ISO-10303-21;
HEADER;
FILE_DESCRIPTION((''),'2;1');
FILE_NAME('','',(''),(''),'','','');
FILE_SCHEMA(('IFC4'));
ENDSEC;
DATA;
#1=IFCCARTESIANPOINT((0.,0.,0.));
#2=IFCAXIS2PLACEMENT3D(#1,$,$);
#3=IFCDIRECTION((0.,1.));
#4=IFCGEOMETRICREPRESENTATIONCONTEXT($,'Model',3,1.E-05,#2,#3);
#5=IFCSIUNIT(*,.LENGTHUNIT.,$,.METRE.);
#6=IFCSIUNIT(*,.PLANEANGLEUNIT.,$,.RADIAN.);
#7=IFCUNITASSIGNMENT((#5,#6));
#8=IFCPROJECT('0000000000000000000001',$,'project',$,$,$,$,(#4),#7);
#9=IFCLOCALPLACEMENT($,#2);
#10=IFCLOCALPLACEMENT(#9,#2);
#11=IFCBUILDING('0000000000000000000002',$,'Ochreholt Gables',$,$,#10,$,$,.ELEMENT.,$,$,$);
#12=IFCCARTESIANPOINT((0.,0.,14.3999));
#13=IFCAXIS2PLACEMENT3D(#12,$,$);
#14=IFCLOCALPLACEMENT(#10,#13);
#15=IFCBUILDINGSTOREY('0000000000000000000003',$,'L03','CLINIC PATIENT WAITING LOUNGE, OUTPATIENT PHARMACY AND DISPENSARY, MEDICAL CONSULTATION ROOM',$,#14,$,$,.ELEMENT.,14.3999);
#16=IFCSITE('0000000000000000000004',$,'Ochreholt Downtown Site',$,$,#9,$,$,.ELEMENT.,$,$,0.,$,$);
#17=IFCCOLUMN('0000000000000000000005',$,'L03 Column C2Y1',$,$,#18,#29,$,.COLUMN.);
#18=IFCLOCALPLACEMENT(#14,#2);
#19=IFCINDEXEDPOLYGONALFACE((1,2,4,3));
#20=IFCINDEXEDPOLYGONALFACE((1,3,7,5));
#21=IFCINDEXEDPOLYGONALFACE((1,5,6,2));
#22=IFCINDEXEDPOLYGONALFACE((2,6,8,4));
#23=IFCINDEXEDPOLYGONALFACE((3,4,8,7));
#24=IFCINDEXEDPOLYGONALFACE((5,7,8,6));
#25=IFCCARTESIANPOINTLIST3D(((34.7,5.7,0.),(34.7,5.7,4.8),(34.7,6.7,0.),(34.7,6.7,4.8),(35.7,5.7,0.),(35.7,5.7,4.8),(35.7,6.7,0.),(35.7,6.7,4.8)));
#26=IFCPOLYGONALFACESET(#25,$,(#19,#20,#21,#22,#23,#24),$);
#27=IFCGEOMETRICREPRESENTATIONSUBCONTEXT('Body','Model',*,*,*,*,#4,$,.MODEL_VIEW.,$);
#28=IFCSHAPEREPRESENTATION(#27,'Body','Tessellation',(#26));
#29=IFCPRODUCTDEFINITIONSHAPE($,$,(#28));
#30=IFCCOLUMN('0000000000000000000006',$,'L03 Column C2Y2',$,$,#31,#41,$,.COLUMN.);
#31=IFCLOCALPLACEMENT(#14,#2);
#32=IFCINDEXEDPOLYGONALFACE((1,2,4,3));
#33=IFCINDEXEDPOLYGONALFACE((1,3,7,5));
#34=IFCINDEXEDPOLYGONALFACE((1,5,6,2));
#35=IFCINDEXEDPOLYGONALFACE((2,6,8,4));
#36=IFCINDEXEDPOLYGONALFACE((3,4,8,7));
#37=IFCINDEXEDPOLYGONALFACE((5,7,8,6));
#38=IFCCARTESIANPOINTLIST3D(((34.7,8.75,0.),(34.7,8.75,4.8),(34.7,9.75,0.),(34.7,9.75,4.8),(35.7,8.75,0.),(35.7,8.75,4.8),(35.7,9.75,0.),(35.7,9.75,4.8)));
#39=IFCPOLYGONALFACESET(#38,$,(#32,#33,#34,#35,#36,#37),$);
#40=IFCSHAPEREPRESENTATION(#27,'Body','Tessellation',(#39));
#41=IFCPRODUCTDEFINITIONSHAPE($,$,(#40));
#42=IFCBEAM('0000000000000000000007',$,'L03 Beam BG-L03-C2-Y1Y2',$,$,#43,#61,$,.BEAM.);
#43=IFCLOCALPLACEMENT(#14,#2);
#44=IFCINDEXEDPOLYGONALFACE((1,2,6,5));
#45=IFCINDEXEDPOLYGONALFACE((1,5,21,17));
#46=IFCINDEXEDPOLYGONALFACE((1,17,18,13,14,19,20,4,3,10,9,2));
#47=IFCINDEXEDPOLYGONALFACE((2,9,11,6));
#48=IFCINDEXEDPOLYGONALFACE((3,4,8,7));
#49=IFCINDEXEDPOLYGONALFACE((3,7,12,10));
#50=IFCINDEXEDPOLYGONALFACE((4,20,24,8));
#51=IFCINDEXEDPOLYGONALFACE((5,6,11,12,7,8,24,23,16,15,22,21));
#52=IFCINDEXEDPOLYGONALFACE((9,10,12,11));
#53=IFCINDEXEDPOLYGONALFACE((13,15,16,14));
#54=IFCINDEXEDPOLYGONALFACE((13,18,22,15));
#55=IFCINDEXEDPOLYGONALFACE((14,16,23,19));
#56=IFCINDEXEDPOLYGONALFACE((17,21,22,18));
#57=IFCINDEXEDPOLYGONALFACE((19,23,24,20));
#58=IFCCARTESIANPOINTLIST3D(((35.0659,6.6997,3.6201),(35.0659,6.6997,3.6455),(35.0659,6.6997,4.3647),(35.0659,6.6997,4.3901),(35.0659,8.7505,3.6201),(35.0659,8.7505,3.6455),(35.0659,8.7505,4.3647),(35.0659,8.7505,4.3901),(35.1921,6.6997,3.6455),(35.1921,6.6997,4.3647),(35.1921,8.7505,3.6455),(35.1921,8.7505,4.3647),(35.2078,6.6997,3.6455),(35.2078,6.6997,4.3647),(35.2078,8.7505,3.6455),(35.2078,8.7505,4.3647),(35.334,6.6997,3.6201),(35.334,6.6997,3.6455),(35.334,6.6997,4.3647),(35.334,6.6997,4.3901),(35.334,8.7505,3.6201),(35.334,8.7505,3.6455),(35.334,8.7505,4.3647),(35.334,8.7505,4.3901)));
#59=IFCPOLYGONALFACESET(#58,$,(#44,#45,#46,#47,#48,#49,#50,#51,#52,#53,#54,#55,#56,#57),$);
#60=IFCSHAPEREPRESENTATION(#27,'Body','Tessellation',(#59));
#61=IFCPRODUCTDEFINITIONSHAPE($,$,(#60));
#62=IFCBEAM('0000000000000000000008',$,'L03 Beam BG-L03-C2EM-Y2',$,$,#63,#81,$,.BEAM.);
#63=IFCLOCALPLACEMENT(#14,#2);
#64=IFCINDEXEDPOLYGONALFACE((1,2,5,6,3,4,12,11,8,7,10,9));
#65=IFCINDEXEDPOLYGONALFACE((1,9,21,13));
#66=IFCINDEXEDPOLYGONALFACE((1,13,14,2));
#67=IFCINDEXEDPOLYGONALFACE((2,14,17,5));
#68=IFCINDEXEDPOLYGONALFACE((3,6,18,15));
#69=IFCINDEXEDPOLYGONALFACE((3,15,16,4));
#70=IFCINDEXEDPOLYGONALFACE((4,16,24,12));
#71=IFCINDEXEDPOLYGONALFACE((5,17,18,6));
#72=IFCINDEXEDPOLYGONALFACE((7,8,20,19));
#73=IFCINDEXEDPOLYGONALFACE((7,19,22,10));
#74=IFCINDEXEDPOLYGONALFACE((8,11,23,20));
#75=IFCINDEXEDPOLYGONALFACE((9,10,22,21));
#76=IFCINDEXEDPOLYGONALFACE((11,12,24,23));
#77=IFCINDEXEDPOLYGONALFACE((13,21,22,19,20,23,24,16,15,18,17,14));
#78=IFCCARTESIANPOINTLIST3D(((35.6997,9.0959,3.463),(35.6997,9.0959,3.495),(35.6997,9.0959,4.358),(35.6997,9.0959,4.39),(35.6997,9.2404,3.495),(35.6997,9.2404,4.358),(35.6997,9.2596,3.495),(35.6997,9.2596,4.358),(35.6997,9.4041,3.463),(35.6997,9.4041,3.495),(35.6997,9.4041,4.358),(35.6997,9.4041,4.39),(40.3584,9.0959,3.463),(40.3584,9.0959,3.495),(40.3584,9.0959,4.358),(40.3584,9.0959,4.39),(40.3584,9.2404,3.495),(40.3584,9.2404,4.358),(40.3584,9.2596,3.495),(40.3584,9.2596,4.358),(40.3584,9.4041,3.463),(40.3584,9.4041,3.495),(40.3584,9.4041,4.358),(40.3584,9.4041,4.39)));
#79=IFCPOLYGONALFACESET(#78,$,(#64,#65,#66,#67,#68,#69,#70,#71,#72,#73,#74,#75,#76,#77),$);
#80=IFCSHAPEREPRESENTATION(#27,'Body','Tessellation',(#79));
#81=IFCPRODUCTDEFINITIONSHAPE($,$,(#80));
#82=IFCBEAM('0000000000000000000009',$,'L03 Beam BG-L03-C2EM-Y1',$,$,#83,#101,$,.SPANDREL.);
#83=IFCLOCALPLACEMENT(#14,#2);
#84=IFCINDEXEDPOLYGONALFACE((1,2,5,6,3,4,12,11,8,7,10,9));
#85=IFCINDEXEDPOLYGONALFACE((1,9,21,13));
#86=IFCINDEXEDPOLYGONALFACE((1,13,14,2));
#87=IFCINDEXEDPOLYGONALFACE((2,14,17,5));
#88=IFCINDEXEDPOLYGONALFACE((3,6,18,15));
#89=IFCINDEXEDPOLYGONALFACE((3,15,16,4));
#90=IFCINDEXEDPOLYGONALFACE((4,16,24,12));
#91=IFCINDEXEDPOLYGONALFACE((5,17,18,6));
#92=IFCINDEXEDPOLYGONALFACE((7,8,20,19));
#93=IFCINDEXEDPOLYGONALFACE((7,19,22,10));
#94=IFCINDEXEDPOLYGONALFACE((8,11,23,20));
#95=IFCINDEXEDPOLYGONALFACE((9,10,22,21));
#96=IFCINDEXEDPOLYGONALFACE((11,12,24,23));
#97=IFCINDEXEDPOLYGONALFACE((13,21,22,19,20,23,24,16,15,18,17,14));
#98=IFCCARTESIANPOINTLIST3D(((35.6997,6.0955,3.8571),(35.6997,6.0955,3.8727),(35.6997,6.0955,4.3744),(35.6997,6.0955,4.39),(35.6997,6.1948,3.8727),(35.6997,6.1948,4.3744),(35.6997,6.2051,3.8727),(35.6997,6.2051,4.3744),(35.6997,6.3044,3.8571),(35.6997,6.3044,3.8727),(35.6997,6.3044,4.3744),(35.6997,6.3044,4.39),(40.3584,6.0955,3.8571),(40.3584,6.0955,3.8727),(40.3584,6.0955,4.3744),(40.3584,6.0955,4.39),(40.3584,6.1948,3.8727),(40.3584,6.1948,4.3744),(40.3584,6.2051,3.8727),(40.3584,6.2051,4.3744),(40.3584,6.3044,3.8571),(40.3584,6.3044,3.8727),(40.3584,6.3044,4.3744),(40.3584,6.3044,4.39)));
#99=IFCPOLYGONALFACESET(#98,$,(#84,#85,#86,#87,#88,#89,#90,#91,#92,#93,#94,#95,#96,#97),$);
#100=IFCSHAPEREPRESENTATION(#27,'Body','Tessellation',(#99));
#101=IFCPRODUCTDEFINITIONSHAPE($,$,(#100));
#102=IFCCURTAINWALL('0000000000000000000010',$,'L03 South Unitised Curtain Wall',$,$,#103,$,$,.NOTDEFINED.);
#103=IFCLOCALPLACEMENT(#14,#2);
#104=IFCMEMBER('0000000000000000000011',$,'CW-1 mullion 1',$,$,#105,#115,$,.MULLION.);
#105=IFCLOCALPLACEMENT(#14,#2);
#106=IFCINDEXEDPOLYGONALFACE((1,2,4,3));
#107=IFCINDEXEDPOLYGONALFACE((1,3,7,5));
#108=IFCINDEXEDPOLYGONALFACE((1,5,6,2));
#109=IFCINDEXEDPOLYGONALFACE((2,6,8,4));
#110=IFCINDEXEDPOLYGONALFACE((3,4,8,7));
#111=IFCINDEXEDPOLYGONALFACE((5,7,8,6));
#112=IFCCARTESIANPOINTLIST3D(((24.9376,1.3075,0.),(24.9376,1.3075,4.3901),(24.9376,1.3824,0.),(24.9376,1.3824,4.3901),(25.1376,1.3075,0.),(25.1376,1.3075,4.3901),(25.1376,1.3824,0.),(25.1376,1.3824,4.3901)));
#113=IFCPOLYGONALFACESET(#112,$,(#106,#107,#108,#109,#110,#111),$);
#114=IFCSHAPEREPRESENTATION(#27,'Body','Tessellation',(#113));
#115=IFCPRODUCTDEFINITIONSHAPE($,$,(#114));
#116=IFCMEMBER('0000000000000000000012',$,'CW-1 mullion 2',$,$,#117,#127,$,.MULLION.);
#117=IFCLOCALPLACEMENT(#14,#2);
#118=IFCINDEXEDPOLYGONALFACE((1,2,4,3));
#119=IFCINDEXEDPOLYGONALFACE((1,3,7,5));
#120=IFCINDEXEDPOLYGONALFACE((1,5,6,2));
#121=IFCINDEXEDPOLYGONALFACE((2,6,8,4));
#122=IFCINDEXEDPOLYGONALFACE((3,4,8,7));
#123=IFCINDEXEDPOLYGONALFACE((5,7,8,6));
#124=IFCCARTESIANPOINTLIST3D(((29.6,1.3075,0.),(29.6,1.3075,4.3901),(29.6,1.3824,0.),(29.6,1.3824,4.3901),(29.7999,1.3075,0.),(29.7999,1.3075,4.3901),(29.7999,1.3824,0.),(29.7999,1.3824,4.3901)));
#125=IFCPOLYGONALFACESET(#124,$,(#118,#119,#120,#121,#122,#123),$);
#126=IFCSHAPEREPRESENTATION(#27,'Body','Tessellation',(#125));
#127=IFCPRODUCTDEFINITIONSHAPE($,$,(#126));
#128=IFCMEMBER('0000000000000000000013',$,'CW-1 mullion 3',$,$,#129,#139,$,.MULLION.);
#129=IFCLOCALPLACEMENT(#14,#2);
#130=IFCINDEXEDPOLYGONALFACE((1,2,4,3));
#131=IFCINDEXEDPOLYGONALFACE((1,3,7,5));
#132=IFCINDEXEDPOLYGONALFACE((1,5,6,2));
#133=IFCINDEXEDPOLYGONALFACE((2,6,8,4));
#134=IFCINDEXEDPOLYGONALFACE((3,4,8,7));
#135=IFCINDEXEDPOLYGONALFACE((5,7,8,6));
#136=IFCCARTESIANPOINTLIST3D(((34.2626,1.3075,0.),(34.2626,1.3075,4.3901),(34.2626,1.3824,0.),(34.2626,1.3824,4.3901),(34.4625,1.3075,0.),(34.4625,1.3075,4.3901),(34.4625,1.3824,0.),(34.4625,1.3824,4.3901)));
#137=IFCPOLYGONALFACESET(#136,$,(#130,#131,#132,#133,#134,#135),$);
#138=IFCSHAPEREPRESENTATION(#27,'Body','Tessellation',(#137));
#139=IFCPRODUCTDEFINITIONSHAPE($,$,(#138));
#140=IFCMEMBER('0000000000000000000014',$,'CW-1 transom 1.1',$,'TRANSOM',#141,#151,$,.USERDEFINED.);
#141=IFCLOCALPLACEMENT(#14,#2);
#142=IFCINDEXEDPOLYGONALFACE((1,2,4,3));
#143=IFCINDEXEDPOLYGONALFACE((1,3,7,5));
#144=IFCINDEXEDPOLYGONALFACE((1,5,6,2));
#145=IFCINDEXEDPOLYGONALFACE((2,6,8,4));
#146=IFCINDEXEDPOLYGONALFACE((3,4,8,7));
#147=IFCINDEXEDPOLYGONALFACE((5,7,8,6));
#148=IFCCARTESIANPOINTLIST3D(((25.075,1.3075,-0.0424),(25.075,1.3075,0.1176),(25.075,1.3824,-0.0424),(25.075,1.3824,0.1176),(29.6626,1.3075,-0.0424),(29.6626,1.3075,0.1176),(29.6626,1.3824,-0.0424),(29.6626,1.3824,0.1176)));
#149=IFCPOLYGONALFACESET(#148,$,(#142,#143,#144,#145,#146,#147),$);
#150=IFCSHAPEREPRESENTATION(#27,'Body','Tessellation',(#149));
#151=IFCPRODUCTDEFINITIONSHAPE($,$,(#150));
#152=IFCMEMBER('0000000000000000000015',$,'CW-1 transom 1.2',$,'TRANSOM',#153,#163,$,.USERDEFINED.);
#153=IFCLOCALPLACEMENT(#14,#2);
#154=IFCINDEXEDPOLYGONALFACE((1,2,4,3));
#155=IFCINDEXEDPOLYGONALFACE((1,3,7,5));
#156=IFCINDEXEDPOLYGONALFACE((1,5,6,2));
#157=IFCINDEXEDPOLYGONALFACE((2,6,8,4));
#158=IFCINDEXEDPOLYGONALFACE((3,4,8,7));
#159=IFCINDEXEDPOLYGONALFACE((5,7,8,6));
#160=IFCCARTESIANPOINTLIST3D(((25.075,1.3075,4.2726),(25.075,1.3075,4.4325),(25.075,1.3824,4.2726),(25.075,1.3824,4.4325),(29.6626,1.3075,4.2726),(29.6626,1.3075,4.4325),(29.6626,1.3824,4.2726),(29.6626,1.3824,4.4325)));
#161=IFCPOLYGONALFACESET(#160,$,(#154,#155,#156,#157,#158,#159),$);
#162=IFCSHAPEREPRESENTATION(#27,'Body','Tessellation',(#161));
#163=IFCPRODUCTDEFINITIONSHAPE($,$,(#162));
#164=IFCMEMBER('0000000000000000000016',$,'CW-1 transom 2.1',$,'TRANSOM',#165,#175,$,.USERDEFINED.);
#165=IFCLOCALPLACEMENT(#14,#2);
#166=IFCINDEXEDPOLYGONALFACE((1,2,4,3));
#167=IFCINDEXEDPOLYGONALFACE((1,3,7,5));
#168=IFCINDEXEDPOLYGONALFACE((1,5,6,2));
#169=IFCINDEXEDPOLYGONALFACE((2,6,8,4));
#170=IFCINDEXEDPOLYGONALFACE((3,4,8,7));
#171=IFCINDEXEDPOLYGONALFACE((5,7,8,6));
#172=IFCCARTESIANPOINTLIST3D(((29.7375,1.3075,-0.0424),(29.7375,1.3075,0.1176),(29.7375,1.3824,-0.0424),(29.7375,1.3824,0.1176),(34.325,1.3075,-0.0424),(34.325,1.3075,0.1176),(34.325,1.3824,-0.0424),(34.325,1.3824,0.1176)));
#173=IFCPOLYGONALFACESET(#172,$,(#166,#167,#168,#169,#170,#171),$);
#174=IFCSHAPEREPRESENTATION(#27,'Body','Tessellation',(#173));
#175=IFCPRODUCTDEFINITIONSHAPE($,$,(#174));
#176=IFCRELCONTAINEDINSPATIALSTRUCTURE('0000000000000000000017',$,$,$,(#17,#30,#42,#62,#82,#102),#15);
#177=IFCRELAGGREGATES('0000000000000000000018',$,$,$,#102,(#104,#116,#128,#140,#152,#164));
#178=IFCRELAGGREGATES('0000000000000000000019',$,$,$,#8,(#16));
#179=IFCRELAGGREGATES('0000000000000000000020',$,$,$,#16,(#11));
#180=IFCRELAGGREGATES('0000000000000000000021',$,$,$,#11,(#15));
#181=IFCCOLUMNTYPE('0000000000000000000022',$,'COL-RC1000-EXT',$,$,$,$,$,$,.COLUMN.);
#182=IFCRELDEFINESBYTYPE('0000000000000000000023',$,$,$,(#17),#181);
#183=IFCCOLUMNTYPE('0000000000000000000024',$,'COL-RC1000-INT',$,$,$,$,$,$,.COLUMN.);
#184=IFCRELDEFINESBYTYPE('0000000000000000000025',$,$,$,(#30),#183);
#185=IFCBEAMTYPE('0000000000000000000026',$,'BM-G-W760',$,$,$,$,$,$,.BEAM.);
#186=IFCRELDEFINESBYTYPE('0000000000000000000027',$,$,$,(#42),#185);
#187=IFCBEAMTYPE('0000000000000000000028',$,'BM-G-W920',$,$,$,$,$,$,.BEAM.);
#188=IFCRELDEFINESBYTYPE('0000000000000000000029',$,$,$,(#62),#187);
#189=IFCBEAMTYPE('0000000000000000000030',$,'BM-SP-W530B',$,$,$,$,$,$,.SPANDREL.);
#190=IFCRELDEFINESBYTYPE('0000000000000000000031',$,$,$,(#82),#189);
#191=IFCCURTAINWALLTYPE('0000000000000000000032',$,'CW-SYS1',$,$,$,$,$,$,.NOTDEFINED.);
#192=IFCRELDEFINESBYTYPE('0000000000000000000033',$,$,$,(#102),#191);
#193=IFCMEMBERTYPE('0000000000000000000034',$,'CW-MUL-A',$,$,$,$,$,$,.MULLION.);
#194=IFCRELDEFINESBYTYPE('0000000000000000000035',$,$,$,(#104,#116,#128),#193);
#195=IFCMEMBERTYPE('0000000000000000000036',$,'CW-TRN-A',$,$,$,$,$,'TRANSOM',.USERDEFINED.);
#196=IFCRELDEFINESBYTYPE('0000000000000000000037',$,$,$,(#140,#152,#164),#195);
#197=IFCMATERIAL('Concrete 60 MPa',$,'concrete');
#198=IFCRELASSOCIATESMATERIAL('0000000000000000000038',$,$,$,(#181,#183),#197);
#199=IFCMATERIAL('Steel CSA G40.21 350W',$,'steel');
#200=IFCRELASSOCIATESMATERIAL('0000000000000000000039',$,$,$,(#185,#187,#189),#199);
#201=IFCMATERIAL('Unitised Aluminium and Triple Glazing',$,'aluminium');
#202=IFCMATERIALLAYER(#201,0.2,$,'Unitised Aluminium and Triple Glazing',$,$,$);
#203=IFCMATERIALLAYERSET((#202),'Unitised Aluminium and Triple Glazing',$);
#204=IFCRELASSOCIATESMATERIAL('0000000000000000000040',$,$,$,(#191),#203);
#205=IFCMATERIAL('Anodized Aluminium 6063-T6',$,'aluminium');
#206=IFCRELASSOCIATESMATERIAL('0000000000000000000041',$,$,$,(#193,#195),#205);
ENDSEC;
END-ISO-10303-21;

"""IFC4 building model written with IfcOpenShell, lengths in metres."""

from ifc_helpers import new_model, si_unit, direction, frame, origin, origin_2d, place, context, subcontext, project, spatial, rectangle, i_section, extrude, material, layer, layer_set, material_profile, profile_set, type_object, element, aggregate, save


model = new_model("IFC4")

# Units and contexts
model_context = context("Model", 3, precision=1e-05, world=origin(), true_north=direction((0.0, 1.0)))
body_context = subcontext(model_context, "Body", "Model", "MODEL_VIEW")
ifc_project = project(units=[si_unit("LENGTHUNIT", "METRE"), si_unit("PLANEANGLEUNIT", "RADIAN")], contexts=[model_context])

# Site, building, storey
site_placement = place(None, origin())
site = spatial("IfcSite", under=ifc_project, at=site_placement, Name="Ochreholt Downtown Site", CompositionType="ELEMENT", RefElevation=0.0)
building_placement = place(site_placement, origin())
building = spatial("IfcBuilding", under=site, at=building_placement, Name="Ochreholt Gables", CompositionType="ELEMENT")
storey_placement = place(building_placement, frame((0.0, 0.0, 14.3999)))
storey = spatial("IfcBuildingStorey", under=building, at=storey_placement, Name="L03", Description="CLINIC PATIENT WAITING LOUNGE, OUTPATIENT PHARMACY AND DISPENSARY, MEDICAL CONSULTATION ROOM", CompositionType="ELEMENT", Elevation=14.3999)

# Columns
ifc_material_1 = material(Name="Concrete 60 MPa", Category="concrete")
ifc_material_profile_1 = material_profile(ifc_material_1, rectangle(XDim=1.0, YDim=1.0, at=origin_2d()), Name="RC1000X1000")
ifc_profile_set_1 = profile_set([ifc_material_profile_1], Name="Concrete 60 MPa")
column_type_1 = type_object("IfcColumnType", Name="COL-RC1000-EXT", PredefinedType="COLUMN", material=ifc_profile_set_1)
column_1_placement = place(storey_placement, frame((35.2, 6.2, 0.0), z_axis=(0.0, 0.0, 1.0), x_axis=(1.0, 0.0, 0.0)))
element("IfcColumn", 1, at=column_1_placement, inside=storey, type_object=column_type_1, Name="L03 Column C2Y1", PredefinedType="COLUMN", context=body_context, shape_type="SweptSolid", body=[
    extrude(rectangle(XDim=1.0, YDim=1.0, at=origin_2d()), origin(), (0.0, 0.0, 1.0), 4.8),
])
ifc_material_profile_2 = material_profile(ifc_material_1, rectangle(XDim=1.0, YDim=1.0, at=origin_2d()), Name="RC1000X1000")
ifc_profile_set_2 = profile_set([ifc_material_profile_2], Name="Concrete 60 MPa")
column_type_2 = type_object("IfcColumnType", Name="COL-RC1000-INT", PredefinedType="COLUMN", material=ifc_profile_set_2)
column_2_placement = place(storey_placement, frame((35.2, 9.25, 0.0), z_axis=(0.0, 0.0, 1.0), x_axis=(1.0, 0.0, 0.0)))
element("IfcColumn", 2, at=column_2_placement, inside=storey, type_object=column_type_2, Name="L03 Column C2Y2", PredefinedType="COLUMN", context=body_context, shape_type="SweptSolid", body=[
    extrude(rectangle(XDim=1.0, YDim=1.0, at=origin_2d()), origin(), (0.0, 0.0, 1.0), 4.8),
])

# Beams
ifc_material_2 = material(Name="Steel CSA G40.21 350W", Category="steel")
ifc_material_profile_3 = material_profile(ifc_material_2, i_section(OverallWidth=0.2681, OverallDepth=0.77, WebThickness=0.0156, FlangeThickness=0.0254, at=origin_2d()), Name="W760X196")
ifc_profile_set_3 = profile_set([ifc_material_profile_3], Name="Steel CSA G40.21 350W")
beam_type_1 = type_object("IfcBeamType", Name="BM-G-W760", PredefinedType="BEAM", material=ifc_profile_set_3)
beam_1_placement = place(storey_placement, frame((35.2, 6.6997, 4.0051), z_axis=(0.0, 1.0, 0.0), x_axis=(-1.0, 0.0, 0.0)))
element("IfcBeam", 3, at=beam_1_placement, inside=storey, type_object=beam_type_1, Name="L03 Beam BG-L03-C2-Y1Y2", PredefinedType="BEAM", context=body_context, shape_type="SweptSolid", body=[
    extrude(i_section(OverallWidth=0.2681, OverallDepth=0.77, WebThickness=0.0156, FlangeThickness=0.0254, at=origin_2d()), origin(), (0.0, 0.0, 1.0), 2.0508),
])
ifc_material_profile_4 = material_profile(ifc_material_2, i_section(OverallWidth=0.3081, OverallDepth=0.927, WebThickness=0.0193, FlangeThickness=0.032, at=origin_2d()), Name="W920X289")
ifc_profile_set_4 = profile_set([ifc_material_profile_4], Name="Steel CSA G40.21 350W")
beam_type_2 = type_object("IfcBeamType", Name="BM-G-W920", PredefinedType="BEAM", material=ifc_profile_set_4)
beam_2_placement = place(storey_placement, frame((35.6997, 9.25, 3.9265), z_axis=(1.0, 0.0, 0.0), x_axis=(0.0, 1.0, 0.0)))
element("IfcBeam", 4, at=beam_2_placement, inside=storey, type_object=beam_type_2, Name="L03 Beam BG-L03-C2EM-Y2", PredefinedType="BEAM", context=body_context, shape_type="SweptSolid", body=[
    extrude(i_section(OverallWidth=0.3081, OverallDepth=0.927, WebThickness=0.0193, FlangeThickness=0.032, at=origin_2d()), origin(), (0.0, 0.0, 1.0), 4.6587),
])
ifc_material_profile_5 = material_profile(ifc_material_2, i_section(OverallWidth=0.209, OverallDepth=0.533, WebThickness=0.0103, FlangeThickness=0.0156, at=origin_2d()), Name="W530X92")
ifc_profile_set_5 = profile_set([ifc_material_profile_5], Name="Steel CSA G40.21 350W")
beam_type_3 = type_object("IfcBeamType", Name="BM-SP-W530B", PredefinedType="SPANDREL", material=ifc_profile_set_5)
beam_3_placement = place(storey_placement, frame((35.6997, 6.2, 4.1235), z_axis=(1.0, 0.0, 0.0), x_axis=(0.0, 1.0, 0.0)))
element("IfcBeam", 5, at=beam_3_placement, inside=storey, type_object=beam_type_3, Name="L03 Beam BG-L03-C2EM-Y1", PredefinedType="SPANDREL", context=body_context, shape_type="SweptSolid", body=[
    extrude(i_section(OverallWidth=0.209, OverallDepth=0.533, WebThickness=0.0103, FlangeThickness=0.0156, at=origin_2d()), origin(), (0.0, 0.0, 1.0), 4.6587),
])

# Curtain wall, members
ifc_material_3 = material(Name="Unitised Aluminium and Triple Glazing", Category="aluminium")
ifc_layer_1 = layer(ifc_material_3, 0.2, Name="Unitised Aluminium and Triple Glazing")
ifc_layer_set_1 = layer_set([ifc_layer_1], Name="Unitised Aluminium and Triple Glazing")
curtain_wall_type = type_object("IfcCurtainWallType", Name="CW-SYS1", PredefinedType="NOTDEFINED", material=ifc_layer_set_1)
curtain_wall_placement = place(storey_placement, origin())
curtain_wall = element("IfcCurtainWall", 6, at=curtain_wall_placement, inside=storey, type_object=curtain_wall_type, Name="L03 South Unitised Curtain Wall", PredefinedType="NOTDEFINED")
ifc_material_4 = material(Name="Anodized Aluminium 6063-T6", Category="aluminium")
ifc_material_profile_6 = material_profile(ifc_material_4, rectangle(XDim=0.075, YDim=0.2, at=origin_2d()), Name="CWM75X200")
ifc_profile_set_6 = profile_set([ifc_material_profile_6], Name="Anodized Aluminium 6063-T6")
member_type_1 = type_object("IfcMemberType", Name="CW-MUL-A", PredefinedType="MULLION", material=ifc_profile_set_6)
member_1_placement = place(storey_placement, frame((25.0376, 1.345, 0.0), z_axis=(0.0, 0.0, 1.0), x_axis=(0.0, 1.0, 0.0)))
member_1 = element("IfcMember", 7, at=member_1_placement, type_object=member_type_1, Name="CW-1 mullion 1", PredefinedType="MULLION", context=body_context, shape_type="SweptSolid", body=[
    extrude(rectangle(XDim=0.075, YDim=0.2, at=origin_2d()), origin(), (0.0, 0.0, 1.0), 4.3901),
])
member_2_placement = place(storey_placement, frame((29.7, 1.345, 0.0), z_axis=(0.0, 0.0, 1.0), x_axis=(0.0, 1.0, 0.0)))
member_2 = element("IfcMember", 8, at=member_2_placement, type_object=member_type_1, Name="CW-1 mullion 2", PredefinedType="MULLION", context=body_context, shape_type="SweptSolid", body=[
    extrude(rectangle(XDim=0.075, YDim=0.2, at=origin_2d()), origin(), (0.0, 0.0, 1.0), 4.3901),
])
member_3_placement = place(storey_placement, frame((34.3625, 1.345, 0.0), z_axis=(0.0, 0.0, 1.0), x_axis=(0.0, 1.0, 0.0)))
member_3 = element("IfcMember", 9, at=member_3_placement, type_object=member_type_1, Name="CW-1 mullion 3", PredefinedType="MULLION", context=body_context, shape_type="SweptSolid", body=[
    extrude(rectangle(XDim=0.075, YDim=0.2, at=origin_2d()), origin(), (0.0, 0.0, 1.0), 4.3901),
])
ifc_material_profile_7 = material_profile(ifc_material_4, rectangle(XDim=0.075, YDim=0.1599, at=origin_2d()), Name="CWT75X160")
ifc_profile_set_7 = profile_set([ifc_material_profile_7], Name="Anodized Aluminium 6063-T6")
member_type_2 = type_object("IfcMemberType", Name="CW-TRN-A", ElementType="TRANSOM", PredefinedType="USERDEFINED", material=ifc_profile_set_7)
member_4_placement = place(storey_placement, frame((25.075, 1.345, 0.0376), z_axis=(1.0, 0.0, 0.0), x_axis=(0.0, 1.0, 0.0)))
member_4 = element("IfcMember", 10, at=member_4_placement, type_object=member_type_2, Name="CW-1 transom 1.1", ObjectType="TRANSOM", PredefinedType="USERDEFINED", context=body_context, shape_type="SweptSolid", body=[
    extrude(rectangle(XDim=0.075, YDim=0.1599, at=origin_2d()), origin(), (0.0, 0.0, 1.0), 4.5876),
])
member_5_placement = place(storey_placement, frame((25.075, 1.345, 4.3525), z_axis=(1.0, 0.0, 0.0), x_axis=(0.0, 1.0, 0.0)))
member_5 = element("IfcMember", 11, at=member_5_placement, type_object=member_type_2, Name="CW-1 transom 1.2", ObjectType="TRANSOM", PredefinedType="USERDEFINED", context=body_context, shape_type="SweptSolid", body=[
    extrude(rectangle(XDim=0.075, YDim=0.1599, at=origin_2d()), origin(), (0.0, 0.0, 1.0), 4.5876),
])
member_6_placement = place(storey_placement, frame((29.7375, 1.345, 0.0376), z_axis=(1.0, 0.0, 0.0), x_axis=(0.0, 1.0, 0.0)))
member_6 = element("IfcMember", 12, at=member_6_placement, type_object=member_type_2, Name="CW-1 transom 2.1", ObjectType="TRANSOM", PredefinedType="USERDEFINED", context=body_context, shape_type="SweptSolid", body=[
    extrude(rectangle(XDim=0.075, YDim=0.1599, at=origin_2d()), origin(), (0.0, 0.0, 1.0), 4.5874),
])
aggregate(curtain_wall, [member_1, member_2, member_3, member_4, member_5, member_6])

save(model, "model.ifc")
